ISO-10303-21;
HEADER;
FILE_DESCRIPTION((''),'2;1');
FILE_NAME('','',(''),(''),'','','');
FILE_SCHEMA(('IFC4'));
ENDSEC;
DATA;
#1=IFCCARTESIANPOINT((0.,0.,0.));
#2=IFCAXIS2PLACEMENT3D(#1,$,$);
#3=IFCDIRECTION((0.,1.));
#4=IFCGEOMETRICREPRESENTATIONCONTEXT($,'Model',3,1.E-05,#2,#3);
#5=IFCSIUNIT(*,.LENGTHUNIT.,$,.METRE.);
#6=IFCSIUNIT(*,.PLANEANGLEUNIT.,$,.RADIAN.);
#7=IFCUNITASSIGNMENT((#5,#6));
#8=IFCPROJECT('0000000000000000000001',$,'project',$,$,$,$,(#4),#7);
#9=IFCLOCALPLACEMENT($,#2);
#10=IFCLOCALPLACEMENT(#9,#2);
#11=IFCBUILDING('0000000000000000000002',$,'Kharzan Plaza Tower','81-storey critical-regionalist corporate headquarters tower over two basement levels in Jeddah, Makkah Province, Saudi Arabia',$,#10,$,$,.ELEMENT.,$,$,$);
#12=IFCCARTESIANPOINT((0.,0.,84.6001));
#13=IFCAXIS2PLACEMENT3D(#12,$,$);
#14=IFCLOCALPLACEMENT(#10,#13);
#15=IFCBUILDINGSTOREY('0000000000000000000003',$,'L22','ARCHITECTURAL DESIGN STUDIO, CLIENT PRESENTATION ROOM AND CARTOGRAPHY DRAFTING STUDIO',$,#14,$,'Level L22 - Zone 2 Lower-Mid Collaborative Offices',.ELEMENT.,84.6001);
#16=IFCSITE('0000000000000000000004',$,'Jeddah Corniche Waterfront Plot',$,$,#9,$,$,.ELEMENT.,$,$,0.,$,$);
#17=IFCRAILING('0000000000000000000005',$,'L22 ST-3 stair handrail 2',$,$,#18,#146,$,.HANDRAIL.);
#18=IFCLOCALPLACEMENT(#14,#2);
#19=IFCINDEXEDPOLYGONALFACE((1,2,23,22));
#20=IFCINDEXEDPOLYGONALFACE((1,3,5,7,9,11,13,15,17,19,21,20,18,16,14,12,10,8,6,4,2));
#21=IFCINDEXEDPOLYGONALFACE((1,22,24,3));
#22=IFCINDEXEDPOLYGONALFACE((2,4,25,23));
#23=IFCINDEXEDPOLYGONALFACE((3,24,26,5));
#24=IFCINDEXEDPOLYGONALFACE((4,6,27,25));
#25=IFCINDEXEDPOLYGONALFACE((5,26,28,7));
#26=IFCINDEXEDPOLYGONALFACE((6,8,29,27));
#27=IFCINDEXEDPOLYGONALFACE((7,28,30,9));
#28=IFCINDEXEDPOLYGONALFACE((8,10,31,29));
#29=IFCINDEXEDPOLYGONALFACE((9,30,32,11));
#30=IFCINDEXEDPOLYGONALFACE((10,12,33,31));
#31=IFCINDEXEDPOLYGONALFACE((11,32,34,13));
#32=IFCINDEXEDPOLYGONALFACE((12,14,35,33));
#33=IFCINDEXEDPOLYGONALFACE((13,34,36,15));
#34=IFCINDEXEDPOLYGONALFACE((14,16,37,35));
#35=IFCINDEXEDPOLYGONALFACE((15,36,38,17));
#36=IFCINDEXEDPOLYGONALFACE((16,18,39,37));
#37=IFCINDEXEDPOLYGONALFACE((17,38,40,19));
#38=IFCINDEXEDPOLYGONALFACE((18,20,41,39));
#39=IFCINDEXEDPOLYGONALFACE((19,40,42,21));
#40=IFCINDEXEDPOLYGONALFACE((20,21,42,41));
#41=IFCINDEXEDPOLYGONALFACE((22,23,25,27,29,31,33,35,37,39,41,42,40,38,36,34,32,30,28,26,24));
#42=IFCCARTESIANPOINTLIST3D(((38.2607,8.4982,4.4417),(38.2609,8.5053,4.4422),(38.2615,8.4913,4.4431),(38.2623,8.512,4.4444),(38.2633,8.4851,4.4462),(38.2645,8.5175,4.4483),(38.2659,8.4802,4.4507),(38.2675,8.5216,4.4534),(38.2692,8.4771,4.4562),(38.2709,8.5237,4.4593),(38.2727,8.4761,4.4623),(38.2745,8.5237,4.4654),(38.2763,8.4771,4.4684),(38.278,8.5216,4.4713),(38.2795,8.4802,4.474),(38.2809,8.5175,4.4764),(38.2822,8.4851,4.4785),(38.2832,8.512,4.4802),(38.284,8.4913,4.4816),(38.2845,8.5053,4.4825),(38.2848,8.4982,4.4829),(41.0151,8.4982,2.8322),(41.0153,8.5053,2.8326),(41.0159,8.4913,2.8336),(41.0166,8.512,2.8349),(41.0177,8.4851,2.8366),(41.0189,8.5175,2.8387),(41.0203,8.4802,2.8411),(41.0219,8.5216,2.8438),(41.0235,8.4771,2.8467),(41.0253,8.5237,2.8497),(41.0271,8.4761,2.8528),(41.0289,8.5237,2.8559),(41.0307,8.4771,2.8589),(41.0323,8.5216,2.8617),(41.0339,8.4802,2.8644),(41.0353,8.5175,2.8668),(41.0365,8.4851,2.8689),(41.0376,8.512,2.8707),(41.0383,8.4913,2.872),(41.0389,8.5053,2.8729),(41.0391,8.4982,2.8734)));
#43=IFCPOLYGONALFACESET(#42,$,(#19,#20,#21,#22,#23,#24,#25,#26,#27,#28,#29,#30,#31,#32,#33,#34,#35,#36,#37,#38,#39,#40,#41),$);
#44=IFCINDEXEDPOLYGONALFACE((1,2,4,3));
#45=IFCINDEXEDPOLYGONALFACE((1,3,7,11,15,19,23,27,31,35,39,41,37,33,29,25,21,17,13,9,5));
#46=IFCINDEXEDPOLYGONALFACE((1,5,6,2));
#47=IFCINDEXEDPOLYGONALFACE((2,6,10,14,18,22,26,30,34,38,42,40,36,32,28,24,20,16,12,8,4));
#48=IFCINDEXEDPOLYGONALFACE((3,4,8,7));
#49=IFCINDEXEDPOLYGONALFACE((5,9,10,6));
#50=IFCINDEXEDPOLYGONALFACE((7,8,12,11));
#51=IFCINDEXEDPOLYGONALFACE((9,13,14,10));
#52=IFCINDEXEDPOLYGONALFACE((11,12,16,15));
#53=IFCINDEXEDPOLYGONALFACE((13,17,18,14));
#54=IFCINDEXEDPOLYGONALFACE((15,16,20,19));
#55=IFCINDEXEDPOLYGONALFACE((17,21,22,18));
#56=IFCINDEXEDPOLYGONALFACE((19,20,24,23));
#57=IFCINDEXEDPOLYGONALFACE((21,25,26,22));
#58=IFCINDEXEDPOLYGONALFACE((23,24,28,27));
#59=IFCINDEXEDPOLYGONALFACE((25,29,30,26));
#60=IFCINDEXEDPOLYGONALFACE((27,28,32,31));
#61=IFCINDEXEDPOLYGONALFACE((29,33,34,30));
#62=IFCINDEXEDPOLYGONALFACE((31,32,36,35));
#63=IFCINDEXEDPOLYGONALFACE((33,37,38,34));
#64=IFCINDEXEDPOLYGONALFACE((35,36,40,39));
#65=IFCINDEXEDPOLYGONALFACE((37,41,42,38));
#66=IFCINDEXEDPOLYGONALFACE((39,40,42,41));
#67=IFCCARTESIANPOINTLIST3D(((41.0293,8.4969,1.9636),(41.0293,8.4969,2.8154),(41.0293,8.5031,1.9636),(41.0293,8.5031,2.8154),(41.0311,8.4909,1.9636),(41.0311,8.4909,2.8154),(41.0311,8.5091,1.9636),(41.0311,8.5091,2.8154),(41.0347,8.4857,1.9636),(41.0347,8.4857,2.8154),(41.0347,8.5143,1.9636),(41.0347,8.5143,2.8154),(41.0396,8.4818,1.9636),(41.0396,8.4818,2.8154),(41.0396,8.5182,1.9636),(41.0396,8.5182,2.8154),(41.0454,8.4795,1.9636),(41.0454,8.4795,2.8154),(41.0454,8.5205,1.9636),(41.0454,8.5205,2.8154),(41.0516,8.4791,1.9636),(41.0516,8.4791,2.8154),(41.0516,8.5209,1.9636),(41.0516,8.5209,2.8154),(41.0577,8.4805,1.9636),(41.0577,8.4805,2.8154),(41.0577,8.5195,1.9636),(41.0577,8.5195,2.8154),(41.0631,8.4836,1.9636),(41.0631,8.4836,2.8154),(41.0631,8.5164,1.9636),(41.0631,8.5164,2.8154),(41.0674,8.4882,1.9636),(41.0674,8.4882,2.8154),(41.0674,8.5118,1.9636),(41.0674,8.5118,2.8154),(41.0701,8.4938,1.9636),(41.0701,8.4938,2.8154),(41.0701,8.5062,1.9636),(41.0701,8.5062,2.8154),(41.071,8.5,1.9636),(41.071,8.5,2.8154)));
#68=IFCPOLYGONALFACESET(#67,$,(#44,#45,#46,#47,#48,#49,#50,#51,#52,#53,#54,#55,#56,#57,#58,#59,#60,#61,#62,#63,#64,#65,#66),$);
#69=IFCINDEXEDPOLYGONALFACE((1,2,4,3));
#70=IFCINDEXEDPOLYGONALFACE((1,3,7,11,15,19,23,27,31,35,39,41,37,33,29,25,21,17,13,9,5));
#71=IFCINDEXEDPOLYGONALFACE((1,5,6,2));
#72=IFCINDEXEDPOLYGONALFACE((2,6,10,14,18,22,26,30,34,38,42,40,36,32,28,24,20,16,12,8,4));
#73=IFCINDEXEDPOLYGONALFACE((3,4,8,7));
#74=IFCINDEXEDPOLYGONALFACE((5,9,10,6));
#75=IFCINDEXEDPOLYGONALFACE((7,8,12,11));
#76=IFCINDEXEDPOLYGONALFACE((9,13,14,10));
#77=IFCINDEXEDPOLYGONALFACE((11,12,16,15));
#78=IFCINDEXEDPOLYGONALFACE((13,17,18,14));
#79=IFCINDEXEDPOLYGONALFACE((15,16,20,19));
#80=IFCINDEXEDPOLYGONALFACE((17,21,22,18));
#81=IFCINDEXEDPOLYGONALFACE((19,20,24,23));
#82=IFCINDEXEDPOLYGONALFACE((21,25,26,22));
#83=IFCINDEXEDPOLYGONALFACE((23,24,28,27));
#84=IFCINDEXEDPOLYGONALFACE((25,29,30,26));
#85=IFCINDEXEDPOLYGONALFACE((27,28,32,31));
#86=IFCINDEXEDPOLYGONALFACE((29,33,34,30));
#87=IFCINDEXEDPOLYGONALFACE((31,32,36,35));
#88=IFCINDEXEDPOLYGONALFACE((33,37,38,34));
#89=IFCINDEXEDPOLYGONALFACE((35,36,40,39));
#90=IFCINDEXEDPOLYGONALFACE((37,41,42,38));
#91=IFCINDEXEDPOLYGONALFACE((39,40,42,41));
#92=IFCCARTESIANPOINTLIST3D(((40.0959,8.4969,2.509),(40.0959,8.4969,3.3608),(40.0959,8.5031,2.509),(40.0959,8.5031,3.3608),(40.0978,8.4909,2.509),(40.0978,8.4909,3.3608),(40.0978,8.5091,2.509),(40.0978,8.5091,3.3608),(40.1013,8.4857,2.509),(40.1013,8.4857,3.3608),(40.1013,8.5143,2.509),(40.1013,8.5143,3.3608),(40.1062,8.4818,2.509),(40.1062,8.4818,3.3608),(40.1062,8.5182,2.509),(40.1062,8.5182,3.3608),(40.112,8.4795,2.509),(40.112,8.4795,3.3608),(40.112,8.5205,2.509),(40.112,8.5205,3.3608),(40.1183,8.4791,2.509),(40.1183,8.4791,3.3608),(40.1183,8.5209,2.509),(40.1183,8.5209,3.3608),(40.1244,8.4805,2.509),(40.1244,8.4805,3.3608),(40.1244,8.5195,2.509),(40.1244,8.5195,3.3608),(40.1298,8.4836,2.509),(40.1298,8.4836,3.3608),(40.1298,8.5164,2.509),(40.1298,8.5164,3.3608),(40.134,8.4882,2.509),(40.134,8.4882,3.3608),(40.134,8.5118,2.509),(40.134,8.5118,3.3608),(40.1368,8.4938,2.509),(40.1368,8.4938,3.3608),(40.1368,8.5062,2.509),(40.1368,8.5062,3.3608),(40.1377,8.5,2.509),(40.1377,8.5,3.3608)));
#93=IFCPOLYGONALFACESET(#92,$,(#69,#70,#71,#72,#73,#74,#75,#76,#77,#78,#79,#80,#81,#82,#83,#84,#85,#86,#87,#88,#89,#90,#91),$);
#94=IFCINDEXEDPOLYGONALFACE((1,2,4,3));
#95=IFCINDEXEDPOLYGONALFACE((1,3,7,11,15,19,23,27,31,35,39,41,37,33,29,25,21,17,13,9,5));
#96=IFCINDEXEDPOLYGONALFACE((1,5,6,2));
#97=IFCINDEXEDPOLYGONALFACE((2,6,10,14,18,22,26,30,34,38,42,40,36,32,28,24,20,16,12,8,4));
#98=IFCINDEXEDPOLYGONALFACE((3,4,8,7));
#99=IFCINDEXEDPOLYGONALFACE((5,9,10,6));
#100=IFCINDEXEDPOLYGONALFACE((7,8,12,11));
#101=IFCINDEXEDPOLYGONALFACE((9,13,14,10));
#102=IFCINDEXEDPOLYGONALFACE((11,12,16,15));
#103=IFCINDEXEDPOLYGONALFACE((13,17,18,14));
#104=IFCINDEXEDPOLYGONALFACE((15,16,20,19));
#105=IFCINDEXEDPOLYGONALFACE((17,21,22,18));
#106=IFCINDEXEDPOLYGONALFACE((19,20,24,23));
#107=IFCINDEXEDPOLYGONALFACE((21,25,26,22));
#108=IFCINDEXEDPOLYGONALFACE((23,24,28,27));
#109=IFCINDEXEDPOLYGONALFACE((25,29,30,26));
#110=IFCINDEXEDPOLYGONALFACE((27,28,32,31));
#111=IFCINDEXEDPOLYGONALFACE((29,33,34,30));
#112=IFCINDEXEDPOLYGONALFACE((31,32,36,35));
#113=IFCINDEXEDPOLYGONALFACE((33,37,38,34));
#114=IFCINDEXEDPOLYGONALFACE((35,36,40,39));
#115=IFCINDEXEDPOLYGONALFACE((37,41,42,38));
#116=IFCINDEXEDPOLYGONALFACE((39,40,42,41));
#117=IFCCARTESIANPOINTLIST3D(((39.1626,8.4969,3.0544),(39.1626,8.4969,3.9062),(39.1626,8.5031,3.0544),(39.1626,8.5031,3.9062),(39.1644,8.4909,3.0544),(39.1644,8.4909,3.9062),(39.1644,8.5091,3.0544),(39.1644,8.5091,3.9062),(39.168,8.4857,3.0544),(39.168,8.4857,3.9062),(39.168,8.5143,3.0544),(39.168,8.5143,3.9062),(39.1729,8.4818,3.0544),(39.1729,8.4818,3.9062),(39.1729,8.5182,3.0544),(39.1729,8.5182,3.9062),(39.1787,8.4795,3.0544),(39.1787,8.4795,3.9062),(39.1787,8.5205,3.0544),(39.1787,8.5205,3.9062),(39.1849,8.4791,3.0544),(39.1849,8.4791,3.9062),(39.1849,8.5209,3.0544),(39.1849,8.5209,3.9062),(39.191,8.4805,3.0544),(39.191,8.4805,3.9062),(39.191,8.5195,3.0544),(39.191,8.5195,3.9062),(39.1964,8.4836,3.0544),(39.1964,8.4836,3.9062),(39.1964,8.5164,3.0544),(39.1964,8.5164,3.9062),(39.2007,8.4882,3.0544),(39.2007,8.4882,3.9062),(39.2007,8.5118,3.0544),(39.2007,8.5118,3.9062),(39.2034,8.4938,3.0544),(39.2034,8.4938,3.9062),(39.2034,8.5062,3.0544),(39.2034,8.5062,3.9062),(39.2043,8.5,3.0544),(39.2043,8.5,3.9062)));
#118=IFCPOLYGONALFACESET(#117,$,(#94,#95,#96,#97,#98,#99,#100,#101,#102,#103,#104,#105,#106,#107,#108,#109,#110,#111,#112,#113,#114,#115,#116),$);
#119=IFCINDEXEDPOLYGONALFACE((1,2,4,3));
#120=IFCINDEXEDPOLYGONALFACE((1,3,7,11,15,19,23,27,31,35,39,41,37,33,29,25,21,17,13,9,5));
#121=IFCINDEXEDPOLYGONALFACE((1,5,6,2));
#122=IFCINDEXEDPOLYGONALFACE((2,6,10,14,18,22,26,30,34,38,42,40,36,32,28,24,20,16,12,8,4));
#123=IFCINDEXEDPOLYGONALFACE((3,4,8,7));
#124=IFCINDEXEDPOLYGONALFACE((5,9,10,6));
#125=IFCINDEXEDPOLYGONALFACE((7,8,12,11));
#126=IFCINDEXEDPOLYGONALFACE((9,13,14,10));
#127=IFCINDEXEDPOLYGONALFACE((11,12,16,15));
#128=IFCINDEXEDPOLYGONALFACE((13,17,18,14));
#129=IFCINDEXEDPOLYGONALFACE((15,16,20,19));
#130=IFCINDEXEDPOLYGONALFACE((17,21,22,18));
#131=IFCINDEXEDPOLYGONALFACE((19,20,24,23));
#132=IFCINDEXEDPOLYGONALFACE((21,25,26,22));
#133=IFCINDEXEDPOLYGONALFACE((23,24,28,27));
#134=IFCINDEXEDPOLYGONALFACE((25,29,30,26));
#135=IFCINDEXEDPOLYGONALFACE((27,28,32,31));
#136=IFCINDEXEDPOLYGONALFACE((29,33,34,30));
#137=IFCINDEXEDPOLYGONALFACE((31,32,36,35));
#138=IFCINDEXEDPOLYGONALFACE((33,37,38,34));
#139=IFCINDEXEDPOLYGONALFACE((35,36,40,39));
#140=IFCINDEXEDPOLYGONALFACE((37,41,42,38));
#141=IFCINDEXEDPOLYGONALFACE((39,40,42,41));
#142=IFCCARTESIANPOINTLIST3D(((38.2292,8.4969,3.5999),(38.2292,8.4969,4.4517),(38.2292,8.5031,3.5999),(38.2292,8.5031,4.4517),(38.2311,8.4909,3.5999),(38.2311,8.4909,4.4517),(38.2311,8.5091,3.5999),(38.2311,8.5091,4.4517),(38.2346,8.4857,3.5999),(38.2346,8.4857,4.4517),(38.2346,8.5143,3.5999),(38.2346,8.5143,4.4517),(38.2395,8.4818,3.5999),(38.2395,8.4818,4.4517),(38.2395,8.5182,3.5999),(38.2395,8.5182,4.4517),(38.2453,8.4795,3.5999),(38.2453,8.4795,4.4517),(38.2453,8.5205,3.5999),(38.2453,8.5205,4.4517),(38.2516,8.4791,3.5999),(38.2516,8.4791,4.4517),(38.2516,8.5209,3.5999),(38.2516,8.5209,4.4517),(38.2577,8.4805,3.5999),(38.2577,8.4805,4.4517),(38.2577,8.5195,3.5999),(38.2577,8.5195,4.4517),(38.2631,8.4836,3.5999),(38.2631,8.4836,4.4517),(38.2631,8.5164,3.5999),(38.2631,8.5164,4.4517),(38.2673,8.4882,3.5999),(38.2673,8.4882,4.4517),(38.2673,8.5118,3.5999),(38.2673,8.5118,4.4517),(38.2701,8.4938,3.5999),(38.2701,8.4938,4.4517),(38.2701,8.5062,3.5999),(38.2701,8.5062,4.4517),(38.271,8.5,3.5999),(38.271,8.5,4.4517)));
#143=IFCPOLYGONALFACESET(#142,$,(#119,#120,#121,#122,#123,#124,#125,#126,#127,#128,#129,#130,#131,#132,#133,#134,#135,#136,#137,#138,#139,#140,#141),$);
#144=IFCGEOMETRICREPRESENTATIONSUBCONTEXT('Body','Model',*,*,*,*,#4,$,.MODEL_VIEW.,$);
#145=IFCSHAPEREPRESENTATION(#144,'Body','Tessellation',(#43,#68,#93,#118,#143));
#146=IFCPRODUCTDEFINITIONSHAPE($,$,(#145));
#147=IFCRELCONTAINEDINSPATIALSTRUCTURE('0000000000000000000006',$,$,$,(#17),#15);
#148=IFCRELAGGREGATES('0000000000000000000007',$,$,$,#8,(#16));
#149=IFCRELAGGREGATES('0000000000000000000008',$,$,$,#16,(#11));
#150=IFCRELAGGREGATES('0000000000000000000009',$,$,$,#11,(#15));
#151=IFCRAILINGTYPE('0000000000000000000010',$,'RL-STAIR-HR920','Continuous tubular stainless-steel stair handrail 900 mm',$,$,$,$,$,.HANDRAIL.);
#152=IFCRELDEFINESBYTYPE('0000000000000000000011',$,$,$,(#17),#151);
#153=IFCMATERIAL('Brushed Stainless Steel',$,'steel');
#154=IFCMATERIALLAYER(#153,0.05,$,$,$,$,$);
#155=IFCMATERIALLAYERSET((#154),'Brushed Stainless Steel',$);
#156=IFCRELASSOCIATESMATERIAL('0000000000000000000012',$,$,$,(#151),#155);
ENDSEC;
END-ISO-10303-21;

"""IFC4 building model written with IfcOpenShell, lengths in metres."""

from ifc_helpers import new_model, si_unit, direction, frame, origin, origin_2d, place, context, subcontext, project, spatial, circle, extrude, source, transform, mapped, material, layer, layer_set, type_object, element, save


model = new_model("IFC4")

# Units and contexts
model_context = context("Model", 3, precision=1e-05, world=origin(), true_north=direction((0.0, 1.0)))
body_context = subcontext(model_context, "Body", "Model", "MODEL_VIEW")
ifc_project = project(units=[si_unit("LENGTHUNIT", "METRE"), si_unit("PLANEANGLEUNIT", "RADIAN")], contexts=[model_context])

# Site, building, storey
site_placement = place(None, origin())
site = spatial("IfcSite", under=ifc_project, at=site_placement, Name="Jeddah Corniche Waterfront Plot", CompositionType="ELEMENT", RefElevation=0.0)
building_placement = place(site_placement, origin())
building = spatial("IfcBuilding", under=site, at=building_placement, Name="Kharzan Plaza Tower", Description="81-storey critical-regionalist corporate headquarters tower over two basement levels in Jeddah, Makkah Province, Saudi Arabia", CompositionType="ELEMENT")
storey_placement = place(building_placement, frame((0.0, 0.0, 84.6001)))
storey = spatial("IfcBuildingStorey", under=building, at=storey_placement, Name="L22", Description="ARCHITECTURAL DESIGN STUDIO, CLIENT PRESENTATION ROOM AND CARTOGRAPHY DRAFTING STUDIO", LongName="Level L22 - Zone 2 Lower-Mid Collaborative Offices", CompositionType="ELEMENT", Elevation=84.6001)

# Shared definitions
ifc_material_1 = material(Name="Brushed Stainless Steel", Category="steel")

# Railing
ifc_layer_1 = layer(ifc_material_1, 0.05)
ifc_layer_set_1 = layer_set([ifc_layer_1], Name="Brushed Stainless Steel")
railing_type_1 = type_object("IfcRailingType", Name="RL-STAIR-HR920", Description="Continuous tubular stainless-steel stair handrail 900 mm", PredefinedType="HANDRAIL", material=ifc_layer_set_1)
shared_shape_1 = source(origin(), body_context, "Body", "SweptSolid", [
    extrude(circle(Radius=0.0239, at=origin_2d()), frame((-0.0229, 0.0, 0.8892), z_axis=(-0.863394, 0.0, 0.504531), x_axis=(0.0, -1.0, 0.0)), (0.0, 0.0, 1.0), 3.1902),
    extrude(circle(Radius=0.021, at=origin_2d()), origin(), (0.0, 0.0, 1.0), 0.8518),
    extrude(circle(Radius=0.021, at=origin_2d()), frame((-0.9333, 0.0, 0.5454)), (0.0, 0.0, 1.0), 0.8518),
    extrude(circle(Radius=0.021, at=origin_2d()), frame((-1.8667, 0.0, 1.0908)), (0.0, 0.0, 1.0), 0.8518),
    extrude(circle(Radius=0.021, at=origin_2d()), frame((-2.8, 0.0, 1.6362)), (0.0, 0.0, 1.0), 0.8518),
])
railing_1_placement = place(storey_placement, frame((41.05, 8.5, 1.9636)))
element("IfcRailing", 1, at=railing_1_placement, inside=storey, type_object=railing_type_1, Name="L22 ST-3 stair handrail 2", PredefinedType="HANDRAIL", context=body_context, shape_type="MappedRepresentation", body=[
    mapped(shared_shape_1, transform((0.0, 0.0, 0.0), x_axis=(1.0, 0.0, 0.0), y_axis=(0.0, 1.0, 0.0), z_axis=(0.0, 0.0, 1.0))),
])

save(model, "model.ifc")
